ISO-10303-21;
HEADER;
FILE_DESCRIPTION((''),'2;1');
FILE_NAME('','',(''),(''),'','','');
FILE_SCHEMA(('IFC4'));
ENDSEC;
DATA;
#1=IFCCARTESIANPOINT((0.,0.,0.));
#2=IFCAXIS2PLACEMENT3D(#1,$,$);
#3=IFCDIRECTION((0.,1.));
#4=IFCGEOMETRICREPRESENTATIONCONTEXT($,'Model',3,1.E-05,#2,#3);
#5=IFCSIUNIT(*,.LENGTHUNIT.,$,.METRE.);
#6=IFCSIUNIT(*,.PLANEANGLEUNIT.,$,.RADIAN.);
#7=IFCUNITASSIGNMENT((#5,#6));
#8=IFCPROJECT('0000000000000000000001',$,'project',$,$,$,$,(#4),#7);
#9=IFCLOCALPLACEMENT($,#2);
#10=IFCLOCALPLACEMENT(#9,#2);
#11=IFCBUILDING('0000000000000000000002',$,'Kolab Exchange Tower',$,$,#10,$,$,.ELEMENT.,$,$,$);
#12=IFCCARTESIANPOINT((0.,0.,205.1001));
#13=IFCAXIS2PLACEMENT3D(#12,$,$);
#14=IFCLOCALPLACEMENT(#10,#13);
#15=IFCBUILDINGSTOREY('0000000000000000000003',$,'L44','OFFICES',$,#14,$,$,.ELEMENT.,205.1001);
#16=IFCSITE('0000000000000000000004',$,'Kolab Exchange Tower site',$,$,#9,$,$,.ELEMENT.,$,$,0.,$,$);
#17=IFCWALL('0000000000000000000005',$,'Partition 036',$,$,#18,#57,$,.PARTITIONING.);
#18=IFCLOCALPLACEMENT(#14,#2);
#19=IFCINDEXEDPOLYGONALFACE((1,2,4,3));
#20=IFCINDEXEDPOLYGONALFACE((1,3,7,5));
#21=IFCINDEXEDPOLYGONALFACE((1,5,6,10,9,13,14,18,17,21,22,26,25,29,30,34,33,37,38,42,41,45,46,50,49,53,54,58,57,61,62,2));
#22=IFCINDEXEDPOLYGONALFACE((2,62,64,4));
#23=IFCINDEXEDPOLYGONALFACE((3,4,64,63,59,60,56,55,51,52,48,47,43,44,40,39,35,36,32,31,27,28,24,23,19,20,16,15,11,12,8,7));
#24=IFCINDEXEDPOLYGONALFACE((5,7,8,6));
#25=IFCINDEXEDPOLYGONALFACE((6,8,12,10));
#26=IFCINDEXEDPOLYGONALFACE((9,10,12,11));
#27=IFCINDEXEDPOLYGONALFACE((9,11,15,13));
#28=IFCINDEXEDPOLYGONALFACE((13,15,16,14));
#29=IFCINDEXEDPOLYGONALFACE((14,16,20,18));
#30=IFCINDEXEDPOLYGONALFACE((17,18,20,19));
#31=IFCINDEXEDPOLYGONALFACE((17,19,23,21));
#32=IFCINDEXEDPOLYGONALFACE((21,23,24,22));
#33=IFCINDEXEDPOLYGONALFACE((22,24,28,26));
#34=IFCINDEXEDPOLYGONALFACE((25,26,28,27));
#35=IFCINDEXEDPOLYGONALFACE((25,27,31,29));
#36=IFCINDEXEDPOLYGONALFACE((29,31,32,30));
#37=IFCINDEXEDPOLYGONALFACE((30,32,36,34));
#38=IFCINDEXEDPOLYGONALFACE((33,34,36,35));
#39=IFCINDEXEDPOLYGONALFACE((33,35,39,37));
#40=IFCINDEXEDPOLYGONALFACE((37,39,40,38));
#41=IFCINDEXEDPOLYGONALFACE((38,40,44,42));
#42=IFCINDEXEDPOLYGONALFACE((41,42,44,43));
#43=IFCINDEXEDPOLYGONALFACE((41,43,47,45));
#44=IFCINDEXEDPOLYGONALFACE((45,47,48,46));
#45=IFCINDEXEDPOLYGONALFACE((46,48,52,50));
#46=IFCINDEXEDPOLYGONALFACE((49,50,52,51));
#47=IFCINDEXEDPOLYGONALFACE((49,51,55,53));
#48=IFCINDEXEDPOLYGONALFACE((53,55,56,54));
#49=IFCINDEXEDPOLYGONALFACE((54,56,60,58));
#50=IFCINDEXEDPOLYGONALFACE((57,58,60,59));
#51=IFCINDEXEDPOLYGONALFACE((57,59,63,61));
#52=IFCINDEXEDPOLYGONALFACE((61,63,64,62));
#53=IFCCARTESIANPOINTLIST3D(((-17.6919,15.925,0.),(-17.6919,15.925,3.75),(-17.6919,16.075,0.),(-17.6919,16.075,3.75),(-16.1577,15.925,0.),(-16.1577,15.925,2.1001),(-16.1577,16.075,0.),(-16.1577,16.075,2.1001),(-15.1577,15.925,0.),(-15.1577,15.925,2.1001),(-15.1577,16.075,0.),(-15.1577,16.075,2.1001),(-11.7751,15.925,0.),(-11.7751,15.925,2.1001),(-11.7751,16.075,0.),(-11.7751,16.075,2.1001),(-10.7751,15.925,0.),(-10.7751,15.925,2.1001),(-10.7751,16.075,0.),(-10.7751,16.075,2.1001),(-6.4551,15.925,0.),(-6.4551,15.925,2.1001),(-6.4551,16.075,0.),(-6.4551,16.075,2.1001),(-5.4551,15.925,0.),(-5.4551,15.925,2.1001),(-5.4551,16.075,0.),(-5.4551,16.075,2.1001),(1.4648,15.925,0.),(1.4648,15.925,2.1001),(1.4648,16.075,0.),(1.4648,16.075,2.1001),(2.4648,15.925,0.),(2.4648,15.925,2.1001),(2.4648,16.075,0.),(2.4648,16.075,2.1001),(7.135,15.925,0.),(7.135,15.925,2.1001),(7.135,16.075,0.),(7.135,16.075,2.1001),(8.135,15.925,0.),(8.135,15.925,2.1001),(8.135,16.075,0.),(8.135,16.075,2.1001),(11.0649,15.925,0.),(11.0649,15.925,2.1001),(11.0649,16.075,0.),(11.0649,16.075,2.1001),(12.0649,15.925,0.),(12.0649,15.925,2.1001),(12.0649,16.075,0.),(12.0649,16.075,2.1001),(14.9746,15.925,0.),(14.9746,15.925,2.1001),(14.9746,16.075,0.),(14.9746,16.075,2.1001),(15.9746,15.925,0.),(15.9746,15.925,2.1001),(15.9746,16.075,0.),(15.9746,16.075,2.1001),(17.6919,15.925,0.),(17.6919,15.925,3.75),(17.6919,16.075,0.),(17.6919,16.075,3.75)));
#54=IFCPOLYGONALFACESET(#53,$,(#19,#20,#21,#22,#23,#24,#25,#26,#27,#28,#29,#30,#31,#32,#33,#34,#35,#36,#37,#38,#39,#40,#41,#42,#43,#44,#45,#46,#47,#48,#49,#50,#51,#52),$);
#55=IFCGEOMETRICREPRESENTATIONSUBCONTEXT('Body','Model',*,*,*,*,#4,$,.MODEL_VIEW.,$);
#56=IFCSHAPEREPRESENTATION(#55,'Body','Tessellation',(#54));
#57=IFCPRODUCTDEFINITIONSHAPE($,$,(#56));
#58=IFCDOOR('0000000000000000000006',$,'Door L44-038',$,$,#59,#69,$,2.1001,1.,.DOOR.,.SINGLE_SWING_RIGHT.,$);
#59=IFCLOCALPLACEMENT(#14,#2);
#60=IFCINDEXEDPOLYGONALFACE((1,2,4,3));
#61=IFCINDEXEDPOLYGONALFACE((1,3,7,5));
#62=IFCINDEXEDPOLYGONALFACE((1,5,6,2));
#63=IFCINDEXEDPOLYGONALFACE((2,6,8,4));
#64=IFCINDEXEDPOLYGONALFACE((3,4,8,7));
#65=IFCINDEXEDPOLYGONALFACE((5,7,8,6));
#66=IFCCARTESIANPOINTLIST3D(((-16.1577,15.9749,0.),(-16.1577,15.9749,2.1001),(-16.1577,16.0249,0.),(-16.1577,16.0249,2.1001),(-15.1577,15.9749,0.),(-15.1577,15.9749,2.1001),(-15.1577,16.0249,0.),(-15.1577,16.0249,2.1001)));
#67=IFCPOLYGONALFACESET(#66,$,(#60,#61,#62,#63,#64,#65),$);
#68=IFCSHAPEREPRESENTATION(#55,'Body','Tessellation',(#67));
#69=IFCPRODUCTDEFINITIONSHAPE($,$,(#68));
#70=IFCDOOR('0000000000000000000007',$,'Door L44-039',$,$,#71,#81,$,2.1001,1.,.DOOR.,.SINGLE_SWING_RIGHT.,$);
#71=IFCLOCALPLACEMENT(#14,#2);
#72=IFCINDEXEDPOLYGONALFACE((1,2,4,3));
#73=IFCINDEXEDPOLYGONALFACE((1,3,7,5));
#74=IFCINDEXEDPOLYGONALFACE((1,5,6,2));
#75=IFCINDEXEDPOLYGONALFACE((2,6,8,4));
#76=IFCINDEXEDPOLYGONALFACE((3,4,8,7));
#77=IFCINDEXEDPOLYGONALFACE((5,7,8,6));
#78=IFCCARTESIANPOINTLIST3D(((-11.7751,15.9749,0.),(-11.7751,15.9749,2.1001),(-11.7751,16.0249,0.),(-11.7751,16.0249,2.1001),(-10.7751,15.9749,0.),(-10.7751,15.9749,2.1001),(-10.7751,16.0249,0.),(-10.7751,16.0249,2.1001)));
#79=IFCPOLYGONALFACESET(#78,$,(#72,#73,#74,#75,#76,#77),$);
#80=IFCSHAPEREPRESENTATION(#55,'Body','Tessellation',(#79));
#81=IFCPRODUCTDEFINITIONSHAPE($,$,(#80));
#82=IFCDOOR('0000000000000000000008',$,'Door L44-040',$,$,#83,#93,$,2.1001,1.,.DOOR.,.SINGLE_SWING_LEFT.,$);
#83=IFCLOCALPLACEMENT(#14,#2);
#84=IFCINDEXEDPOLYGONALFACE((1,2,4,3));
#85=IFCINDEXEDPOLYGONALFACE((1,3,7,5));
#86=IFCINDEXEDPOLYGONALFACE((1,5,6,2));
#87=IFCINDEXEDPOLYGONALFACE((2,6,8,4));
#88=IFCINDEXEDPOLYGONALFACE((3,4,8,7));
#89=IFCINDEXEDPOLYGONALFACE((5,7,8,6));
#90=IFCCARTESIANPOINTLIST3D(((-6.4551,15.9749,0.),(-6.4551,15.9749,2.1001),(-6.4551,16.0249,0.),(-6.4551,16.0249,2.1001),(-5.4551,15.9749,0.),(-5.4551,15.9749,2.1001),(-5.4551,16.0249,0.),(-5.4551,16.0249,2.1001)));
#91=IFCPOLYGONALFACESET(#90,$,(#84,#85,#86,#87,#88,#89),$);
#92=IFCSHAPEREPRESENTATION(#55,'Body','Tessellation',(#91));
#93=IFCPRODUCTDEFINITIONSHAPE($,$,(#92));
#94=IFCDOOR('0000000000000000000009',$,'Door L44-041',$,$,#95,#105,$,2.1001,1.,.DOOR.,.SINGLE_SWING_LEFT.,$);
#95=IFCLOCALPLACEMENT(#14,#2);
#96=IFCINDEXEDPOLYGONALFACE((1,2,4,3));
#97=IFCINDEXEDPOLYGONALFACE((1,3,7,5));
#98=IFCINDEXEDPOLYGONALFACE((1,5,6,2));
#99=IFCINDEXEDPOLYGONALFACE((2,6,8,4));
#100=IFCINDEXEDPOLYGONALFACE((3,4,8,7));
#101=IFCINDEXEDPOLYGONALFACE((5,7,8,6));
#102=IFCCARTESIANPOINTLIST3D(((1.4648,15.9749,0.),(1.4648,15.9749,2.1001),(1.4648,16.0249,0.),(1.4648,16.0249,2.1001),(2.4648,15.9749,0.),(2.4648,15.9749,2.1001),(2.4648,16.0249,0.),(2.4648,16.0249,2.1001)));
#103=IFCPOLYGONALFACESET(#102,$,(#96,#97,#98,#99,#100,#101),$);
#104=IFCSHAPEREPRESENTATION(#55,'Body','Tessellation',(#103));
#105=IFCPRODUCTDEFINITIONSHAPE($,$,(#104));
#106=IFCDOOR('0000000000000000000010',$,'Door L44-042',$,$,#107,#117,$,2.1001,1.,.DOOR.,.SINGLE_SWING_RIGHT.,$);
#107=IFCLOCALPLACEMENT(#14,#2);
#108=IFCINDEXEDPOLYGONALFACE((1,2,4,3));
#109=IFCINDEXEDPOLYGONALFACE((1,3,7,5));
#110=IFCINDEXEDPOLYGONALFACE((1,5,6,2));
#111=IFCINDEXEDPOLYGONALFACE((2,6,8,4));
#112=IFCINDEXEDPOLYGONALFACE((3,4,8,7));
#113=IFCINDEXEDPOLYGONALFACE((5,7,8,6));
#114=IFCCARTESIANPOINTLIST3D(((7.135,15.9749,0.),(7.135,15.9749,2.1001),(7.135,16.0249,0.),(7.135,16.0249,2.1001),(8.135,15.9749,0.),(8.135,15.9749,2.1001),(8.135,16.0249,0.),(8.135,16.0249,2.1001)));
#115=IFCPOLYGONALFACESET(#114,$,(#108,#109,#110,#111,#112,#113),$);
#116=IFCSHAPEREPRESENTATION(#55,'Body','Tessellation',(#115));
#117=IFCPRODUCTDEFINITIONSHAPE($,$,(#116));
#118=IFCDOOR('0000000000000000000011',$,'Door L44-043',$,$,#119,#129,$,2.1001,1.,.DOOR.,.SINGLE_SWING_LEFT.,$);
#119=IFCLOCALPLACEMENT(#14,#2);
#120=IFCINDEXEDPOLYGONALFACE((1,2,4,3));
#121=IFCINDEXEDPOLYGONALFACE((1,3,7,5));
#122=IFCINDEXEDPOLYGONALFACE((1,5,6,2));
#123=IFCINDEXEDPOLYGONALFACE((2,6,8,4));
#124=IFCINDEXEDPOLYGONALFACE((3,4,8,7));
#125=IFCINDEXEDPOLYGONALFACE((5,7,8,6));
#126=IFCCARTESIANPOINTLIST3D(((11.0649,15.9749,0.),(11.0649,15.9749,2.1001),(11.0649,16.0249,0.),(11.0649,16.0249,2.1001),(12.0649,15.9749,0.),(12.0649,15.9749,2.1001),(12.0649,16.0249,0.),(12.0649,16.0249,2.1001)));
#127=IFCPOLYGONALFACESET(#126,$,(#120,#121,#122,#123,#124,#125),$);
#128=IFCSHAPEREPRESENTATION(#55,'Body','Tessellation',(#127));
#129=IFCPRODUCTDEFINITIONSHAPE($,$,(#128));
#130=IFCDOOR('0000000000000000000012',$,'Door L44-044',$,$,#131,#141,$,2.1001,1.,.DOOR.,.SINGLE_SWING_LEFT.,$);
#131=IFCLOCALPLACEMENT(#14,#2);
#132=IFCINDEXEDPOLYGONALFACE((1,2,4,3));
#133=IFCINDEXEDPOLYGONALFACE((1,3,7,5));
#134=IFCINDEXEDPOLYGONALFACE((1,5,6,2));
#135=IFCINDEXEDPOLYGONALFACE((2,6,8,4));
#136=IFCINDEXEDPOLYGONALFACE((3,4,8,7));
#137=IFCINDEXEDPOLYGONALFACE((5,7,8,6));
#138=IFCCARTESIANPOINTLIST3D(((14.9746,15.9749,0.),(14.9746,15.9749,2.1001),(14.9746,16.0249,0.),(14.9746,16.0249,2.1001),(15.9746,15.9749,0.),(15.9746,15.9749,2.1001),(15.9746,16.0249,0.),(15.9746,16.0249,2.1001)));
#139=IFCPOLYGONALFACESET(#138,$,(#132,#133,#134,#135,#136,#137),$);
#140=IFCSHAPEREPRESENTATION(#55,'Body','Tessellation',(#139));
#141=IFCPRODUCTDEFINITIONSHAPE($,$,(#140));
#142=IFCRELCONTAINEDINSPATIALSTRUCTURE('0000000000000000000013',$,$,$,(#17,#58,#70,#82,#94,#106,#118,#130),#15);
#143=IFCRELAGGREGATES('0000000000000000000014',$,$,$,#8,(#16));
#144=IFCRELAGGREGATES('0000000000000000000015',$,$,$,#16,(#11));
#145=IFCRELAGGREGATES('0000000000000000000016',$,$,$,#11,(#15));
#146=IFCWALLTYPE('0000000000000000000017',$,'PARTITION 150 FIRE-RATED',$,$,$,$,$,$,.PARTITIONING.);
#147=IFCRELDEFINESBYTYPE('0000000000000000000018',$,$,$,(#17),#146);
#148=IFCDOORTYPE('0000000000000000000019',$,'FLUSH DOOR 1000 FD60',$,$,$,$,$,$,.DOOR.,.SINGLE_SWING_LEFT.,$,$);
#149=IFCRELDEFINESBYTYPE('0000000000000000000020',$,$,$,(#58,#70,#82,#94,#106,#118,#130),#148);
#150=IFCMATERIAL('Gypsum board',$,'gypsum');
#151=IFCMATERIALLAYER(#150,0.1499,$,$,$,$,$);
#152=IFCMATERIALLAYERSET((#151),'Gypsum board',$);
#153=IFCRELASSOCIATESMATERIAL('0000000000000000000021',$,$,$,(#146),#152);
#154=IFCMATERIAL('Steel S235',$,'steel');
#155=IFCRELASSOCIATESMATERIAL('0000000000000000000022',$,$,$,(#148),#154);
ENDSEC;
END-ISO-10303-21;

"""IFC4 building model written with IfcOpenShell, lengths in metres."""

from ifc_helpers import new_model, si_unit, direction, frame, frame_2d, origin, place, context, subcontext, project, spatial, rectangle, extrude, material, layer, layer_set, type_object, element, fill, save


model = new_model("IFC4")

# Units and contexts
model_context = context("Model", 3, precision=1e-05, world=origin(), true_north=direction((0.0, 1.0)))
body_context = subcontext(model_context, "Body", "Model", "MODEL_VIEW")
ifc_project = project(units=[si_unit("LENGTHUNIT", "METRE"), si_unit("PLANEANGLEUNIT", "RADIAN")], contexts=[model_context])

# Site, building, storey
site_placement = place(None, origin())
site = spatial("IfcSite", under=ifc_project, at=site_placement, Name="Kolab Exchange Tower site", CompositionType="ELEMENT", RefElevation=0.0)
building_placement = place(site_placement, origin())
building = spatial("IfcBuilding", under=site, at=building_placement, Name="Kolab Exchange Tower", CompositionType="ELEMENT")
storey_placement = place(building_placement, frame((0.0, 0.0, 205.1001)))
storey = spatial("IfcBuildingStorey", under=building, at=storey_placement, Name="L44", Description="OFFICES", CompositionType="ELEMENT", Elevation=205.1001)

# Shared definitions
ifc_material_1 = material(Name="Gypsum board", Category="gypsum")

# Wall, openings, doors
ifc_layer_1 = layer(ifc_material_1, 0.1499)
ifc_layer_set_1 = layer_set([ifc_layer_1], Name="Gypsum board")
wall_type_1 = type_object("IfcWallType", Name="PARTITION 150 FIRE-RATED", PredefinedType="PARTITIONING", material=ifc_layer_set_1)
wall_1_placement = place(storey_placement, frame((-17.6919, 16.0, 0.0), z_axis=(0.0, 0.0, 1.0), x_axis=(1.0, 0.0, 0.0)))
wall_1 = element("IfcWall", 1, at=wall_1_placement, inside=storey, type_object=wall_type_1, Name="Partition 036", PredefinedType="PARTITIONING", context=body_context, shape_type="SweptSolid", body=[
    extrude(rectangle(XDim=35.3838, YDim=0.1499, at=frame_2d((17.6919, 0.0))), origin(), (0.0, 0.0, 1.0), 3.75),
])
opening_1_placement = place(wall_1_placement, frame((1.5342, 0.0, 0.0)))
opening_1 = element("IfcOpeningElement", 2, at=opening_1_placement, cuts=wall_1, PredefinedType="OPENING", context=body_context, shape_type="SweptSolid", body=[
    extrude(rectangle(XDim=1.0, YDim=2.1001, at=frame_2d((0.5, 1.05))), frame((0.0, 0.085, 0.0), z_axis=(0.0, -1.0, 0.0), x_axis=(1.0, 0.0, 0.0)), (0.0, 0.0, 1.0), 0.1699),
])
opening_2_placement = place(wall_1_placement, frame((5.9167, 0.0, 0.0)))
opening_2 = element("IfcOpeningElement", 3, at=opening_2_placement, cuts=wall_1, PredefinedType="OPENING", context=body_context, shape_type="SweptSolid", body=[
    extrude(rectangle(XDim=1.0, YDim=2.1001, at=frame_2d((0.5, 1.05))), frame((0.0, 0.085, 0.0), z_axis=(0.0, -1.0, 0.0), x_axis=(1.0, 0.0, 0.0)), (0.0, 0.0, 1.0), 0.1699),
])
opening_3_placement = place(wall_1_placement, frame((11.2368, 0.0, 0.0)))
opening_3 = element("IfcOpeningElement", 4, at=opening_3_placement, cuts=wall_1, PredefinedType="OPENING", context=body_context, shape_type="SweptSolid", body=[
    extrude(rectangle(XDim=1.0, YDim=2.1001, at=frame_2d((0.5, 1.05))), frame((0.0, 0.085, 0.0), z_axis=(0.0, -1.0, 0.0), x_axis=(1.0, 0.0, 0.0)), (0.0, 0.0, 1.0), 0.1699),
])
opening_4_placement = place(wall_1_placement, frame((19.1567, 0.0, 0.0)))
opening_4 = element("IfcOpeningElement", 5, at=opening_4_placement, cuts=wall_1, PredefinedType="OPENING", context=body_context, shape_type="SweptSolid", body=[
    extrude(rectangle(XDim=1.0, YDim=2.1001, at=frame_2d((0.5, 1.05))), frame((0.0, 0.085, 0.0), z_axis=(0.0, -1.0, 0.0), x_axis=(1.0, 0.0, 0.0)), (0.0, 0.0, 1.0), 0.1699),
])
opening_5_placement = place(wall_1_placement, frame((24.8269, 0.0, 0.0)))
opening_5 = element("IfcOpeningElement", 6, at=opening_5_placement, cuts=wall_1, PredefinedType="OPENING", context=body_context, shape_type="SweptSolid", body=[
    extrude(rectangle(XDim=1.0, YDim=2.1001, at=frame_2d((0.5, 1.05))), frame((0.0, 0.085, 0.0), z_axis=(0.0, -1.0, 0.0), x_axis=(1.0, 0.0, 0.0)), (0.0, 0.0, 1.0), 0.1699),
])
opening_6_placement = place(wall_1_placement, frame((28.7568, 0.0, 0.0)))
opening_6 = element("IfcOpeningElement", 7, at=opening_6_placement, cuts=wall_1, PredefinedType="OPENING", context=body_context, shape_type="SweptSolid", body=[
    extrude(rectangle(XDim=1.0, YDim=2.1001, at=frame_2d((0.5, 1.05))), frame((0.0, 0.085, 0.0), z_axis=(0.0, -1.0, 0.0), x_axis=(1.0, 0.0, 0.0)), (0.0, 0.0, 1.0), 0.1699),
])
opening_7_placement = place(wall_1_placement, frame((32.6665, 0.0, 0.0)))
opening_7 = element("IfcOpeningElement", 8, at=opening_7_placement, cuts=wall_1, PredefinedType="OPENING", context=body_context, shape_type="SweptSolid", body=[
    extrude(rectangle(XDim=1.0, YDim=2.1001, at=frame_2d((0.5, 1.05))), frame((0.0, 0.085, 0.0), z_axis=(0.0, -1.0, 0.0), x_axis=(1.0, 0.0, 0.0)), (0.0, 0.0, 1.0), 0.1699),
])
ifc_material_2 = material(Name="Steel S235", Category="steel")
door_type = type_object("IfcDoorType", Name="FLUSH DOOR 1000 FD60", OperationType="SINGLE_SWING_LEFT", PredefinedType="DOOR", material=ifc_material_2)
door_1_placement = place(opening_1_placement, origin())
door_1 = element("IfcDoor", 9, at=door_1_placement, inside=storey, type_object=door_type, Name="Door L44-038", OperationType="SINGLE_SWING_RIGHT", OverallHeight=2.1001, OverallWidth=1.0, PredefinedType="DOOR", context=body_context, shape_type="SweptSolid", body=[
    extrude(rectangle(XDim=1.0, YDim=2.1001, at=frame_2d((0.5, 1.05))), frame((0.0, 0.0249, 0.0), z_axis=(0.0, -1.0, 0.0), x_axis=(1.0, 0.0, 0.0)), (0.0, 0.0, 1.0), 0.05),
])
fill(opening_1, door_1)
door_2_placement = place(opening_2_placement, origin())
door_2 = element("IfcDoor", 10, at=door_2_placement, inside=storey, type_object=door_type, Name="Door L44-039", OperationType="SINGLE_SWING_RIGHT", OverallHeight=2.1001, OverallWidth=1.0, PredefinedType="DOOR", context=body_context, shape_type="SweptSolid", body=[
    extrude(rectangle(XDim=1.0, YDim=2.1001, at=frame_2d((0.5, 1.05))), frame((0.0, 0.0249, 0.0), z_axis=(0.0, -1.0, 0.0), x_axis=(1.0, 0.0, 0.0)), (0.0, 0.0, 1.0), 0.05),
])
fill(opening_2, door_2)
door_3_placement = place(opening_3_placement, origin())
door_3 = element("IfcDoor", 11, at=door_3_placement, inside=storey, type_object=door_type, Name="Door L44-040", OperationType="SINGLE_SWING_LEFT", OverallHeight=2.1001, OverallWidth=1.0, PredefinedType="DOOR", context=body_context, shape_type="SweptSolid", body=[
    extrude(rectangle(XDim=1.0, YDim=2.1001, at=frame_2d((0.5, 1.05))), frame((0.0, 0.0249, 0.0), z_axis=(0.0, -1.0, 0.0), x_axis=(1.0, 0.0, 0.0)), (0.0, 0.0, 1.0), 0.05),
])
fill(opening_3, door_3)
door_4_placement = place(opening_4_placement, origin())
door_4 = element("IfcDoor", 12, at=door_4_placement, inside=storey, type_object=door_type, Name="Door L44-041", OperationType="SINGLE_SWING_LEFT", OverallHeight=2.1001, OverallWidth=1.0, PredefinedType="DOOR", context=body_context, shape_type="SweptSolid", body=[
    extrude(rectangle(XDim=1.0, YDim=2.1001, at=frame_2d((0.5, 1.05))), frame((0.0, 0.0249, 0.0), z_axis=(0.0, -1.0, 0.0), x_axis=(1.0, 0.0, 0.0)), (0.0, 0.0, 1.0), 0.05),
])
fill(opening_4, door_4)
door_5_placement = place(opening_5_placement, origin())
door_5 = element("IfcDoor", 13, at=door_5_placement, inside=storey, type_object=door_type, Name="Door L44-042", OperationType="SINGLE_SWING_RIGHT", OverallHeight=2.1001, OverallWidth=1.0, PredefinedType="DOOR", context=body_context, shape_type="SweptSolid", body=[
    extrude(rectangle(XDim=1.0, YDim=2.1001, at=frame_2d((0.5, 1.05))), frame((0.0, 0.0249, 0.0), z_axis=(0.0, -1.0, 0.0), x_axis=(1.0, 0.0, 0.0)), (0.0, 0.0, 1.0), 0.05),
])
fill(opening_5, door_5)
door_6_placement = place(opening_6_placement, origin())
door_6 = element("IfcDoor", 14, at=door_6_placement, inside=storey, type_object=door_type, Name="Door L44-043", OperationType="SINGLE_SWING_LEFT", OverallHeight=2.1001, OverallWidth=1.0, PredefinedType="DOOR", context=body_context, shape_type="SweptSolid", body=[
    extrude(rectangle(XDim=1.0, YDim=2.1001, at=frame_2d((0.5, 1.05))), frame((0.0, 0.0249, 0.0), z_axis=(0.0, -1.0, 0.0), x_axis=(1.0, 0.0, 0.0)), (0.0, 0.0, 1.0), 0.05),
])
fill(opening_6, door_6)
door_7_placement = place(opening_7_placement, origin())
door_7 = element("IfcDoor", 15, at=door_7_placement, inside=storey, type_object=door_type, Name="Door L44-044", OperationType="SINGLE_SWING_LEFT", OverallHeight=2.1001, OverallWidth=1.0, PredefinedType="DOOR", context=body_context, shape_type="SweptSolid", body=[
    extrude(rectangle(XDim=1.0, YDim=2.1001, at=frame_2d((0.5, 1.05))), frame((0.0, 0.0249, 0.0), z_axis=(0.0, -1.0, 0.0), x_axis=(1.0, 0.0, 0.0)), (0.0, 0.0, 1.0), 0.05),
])
fill(opening_7, door_7)

save(model, "model.ifc")
